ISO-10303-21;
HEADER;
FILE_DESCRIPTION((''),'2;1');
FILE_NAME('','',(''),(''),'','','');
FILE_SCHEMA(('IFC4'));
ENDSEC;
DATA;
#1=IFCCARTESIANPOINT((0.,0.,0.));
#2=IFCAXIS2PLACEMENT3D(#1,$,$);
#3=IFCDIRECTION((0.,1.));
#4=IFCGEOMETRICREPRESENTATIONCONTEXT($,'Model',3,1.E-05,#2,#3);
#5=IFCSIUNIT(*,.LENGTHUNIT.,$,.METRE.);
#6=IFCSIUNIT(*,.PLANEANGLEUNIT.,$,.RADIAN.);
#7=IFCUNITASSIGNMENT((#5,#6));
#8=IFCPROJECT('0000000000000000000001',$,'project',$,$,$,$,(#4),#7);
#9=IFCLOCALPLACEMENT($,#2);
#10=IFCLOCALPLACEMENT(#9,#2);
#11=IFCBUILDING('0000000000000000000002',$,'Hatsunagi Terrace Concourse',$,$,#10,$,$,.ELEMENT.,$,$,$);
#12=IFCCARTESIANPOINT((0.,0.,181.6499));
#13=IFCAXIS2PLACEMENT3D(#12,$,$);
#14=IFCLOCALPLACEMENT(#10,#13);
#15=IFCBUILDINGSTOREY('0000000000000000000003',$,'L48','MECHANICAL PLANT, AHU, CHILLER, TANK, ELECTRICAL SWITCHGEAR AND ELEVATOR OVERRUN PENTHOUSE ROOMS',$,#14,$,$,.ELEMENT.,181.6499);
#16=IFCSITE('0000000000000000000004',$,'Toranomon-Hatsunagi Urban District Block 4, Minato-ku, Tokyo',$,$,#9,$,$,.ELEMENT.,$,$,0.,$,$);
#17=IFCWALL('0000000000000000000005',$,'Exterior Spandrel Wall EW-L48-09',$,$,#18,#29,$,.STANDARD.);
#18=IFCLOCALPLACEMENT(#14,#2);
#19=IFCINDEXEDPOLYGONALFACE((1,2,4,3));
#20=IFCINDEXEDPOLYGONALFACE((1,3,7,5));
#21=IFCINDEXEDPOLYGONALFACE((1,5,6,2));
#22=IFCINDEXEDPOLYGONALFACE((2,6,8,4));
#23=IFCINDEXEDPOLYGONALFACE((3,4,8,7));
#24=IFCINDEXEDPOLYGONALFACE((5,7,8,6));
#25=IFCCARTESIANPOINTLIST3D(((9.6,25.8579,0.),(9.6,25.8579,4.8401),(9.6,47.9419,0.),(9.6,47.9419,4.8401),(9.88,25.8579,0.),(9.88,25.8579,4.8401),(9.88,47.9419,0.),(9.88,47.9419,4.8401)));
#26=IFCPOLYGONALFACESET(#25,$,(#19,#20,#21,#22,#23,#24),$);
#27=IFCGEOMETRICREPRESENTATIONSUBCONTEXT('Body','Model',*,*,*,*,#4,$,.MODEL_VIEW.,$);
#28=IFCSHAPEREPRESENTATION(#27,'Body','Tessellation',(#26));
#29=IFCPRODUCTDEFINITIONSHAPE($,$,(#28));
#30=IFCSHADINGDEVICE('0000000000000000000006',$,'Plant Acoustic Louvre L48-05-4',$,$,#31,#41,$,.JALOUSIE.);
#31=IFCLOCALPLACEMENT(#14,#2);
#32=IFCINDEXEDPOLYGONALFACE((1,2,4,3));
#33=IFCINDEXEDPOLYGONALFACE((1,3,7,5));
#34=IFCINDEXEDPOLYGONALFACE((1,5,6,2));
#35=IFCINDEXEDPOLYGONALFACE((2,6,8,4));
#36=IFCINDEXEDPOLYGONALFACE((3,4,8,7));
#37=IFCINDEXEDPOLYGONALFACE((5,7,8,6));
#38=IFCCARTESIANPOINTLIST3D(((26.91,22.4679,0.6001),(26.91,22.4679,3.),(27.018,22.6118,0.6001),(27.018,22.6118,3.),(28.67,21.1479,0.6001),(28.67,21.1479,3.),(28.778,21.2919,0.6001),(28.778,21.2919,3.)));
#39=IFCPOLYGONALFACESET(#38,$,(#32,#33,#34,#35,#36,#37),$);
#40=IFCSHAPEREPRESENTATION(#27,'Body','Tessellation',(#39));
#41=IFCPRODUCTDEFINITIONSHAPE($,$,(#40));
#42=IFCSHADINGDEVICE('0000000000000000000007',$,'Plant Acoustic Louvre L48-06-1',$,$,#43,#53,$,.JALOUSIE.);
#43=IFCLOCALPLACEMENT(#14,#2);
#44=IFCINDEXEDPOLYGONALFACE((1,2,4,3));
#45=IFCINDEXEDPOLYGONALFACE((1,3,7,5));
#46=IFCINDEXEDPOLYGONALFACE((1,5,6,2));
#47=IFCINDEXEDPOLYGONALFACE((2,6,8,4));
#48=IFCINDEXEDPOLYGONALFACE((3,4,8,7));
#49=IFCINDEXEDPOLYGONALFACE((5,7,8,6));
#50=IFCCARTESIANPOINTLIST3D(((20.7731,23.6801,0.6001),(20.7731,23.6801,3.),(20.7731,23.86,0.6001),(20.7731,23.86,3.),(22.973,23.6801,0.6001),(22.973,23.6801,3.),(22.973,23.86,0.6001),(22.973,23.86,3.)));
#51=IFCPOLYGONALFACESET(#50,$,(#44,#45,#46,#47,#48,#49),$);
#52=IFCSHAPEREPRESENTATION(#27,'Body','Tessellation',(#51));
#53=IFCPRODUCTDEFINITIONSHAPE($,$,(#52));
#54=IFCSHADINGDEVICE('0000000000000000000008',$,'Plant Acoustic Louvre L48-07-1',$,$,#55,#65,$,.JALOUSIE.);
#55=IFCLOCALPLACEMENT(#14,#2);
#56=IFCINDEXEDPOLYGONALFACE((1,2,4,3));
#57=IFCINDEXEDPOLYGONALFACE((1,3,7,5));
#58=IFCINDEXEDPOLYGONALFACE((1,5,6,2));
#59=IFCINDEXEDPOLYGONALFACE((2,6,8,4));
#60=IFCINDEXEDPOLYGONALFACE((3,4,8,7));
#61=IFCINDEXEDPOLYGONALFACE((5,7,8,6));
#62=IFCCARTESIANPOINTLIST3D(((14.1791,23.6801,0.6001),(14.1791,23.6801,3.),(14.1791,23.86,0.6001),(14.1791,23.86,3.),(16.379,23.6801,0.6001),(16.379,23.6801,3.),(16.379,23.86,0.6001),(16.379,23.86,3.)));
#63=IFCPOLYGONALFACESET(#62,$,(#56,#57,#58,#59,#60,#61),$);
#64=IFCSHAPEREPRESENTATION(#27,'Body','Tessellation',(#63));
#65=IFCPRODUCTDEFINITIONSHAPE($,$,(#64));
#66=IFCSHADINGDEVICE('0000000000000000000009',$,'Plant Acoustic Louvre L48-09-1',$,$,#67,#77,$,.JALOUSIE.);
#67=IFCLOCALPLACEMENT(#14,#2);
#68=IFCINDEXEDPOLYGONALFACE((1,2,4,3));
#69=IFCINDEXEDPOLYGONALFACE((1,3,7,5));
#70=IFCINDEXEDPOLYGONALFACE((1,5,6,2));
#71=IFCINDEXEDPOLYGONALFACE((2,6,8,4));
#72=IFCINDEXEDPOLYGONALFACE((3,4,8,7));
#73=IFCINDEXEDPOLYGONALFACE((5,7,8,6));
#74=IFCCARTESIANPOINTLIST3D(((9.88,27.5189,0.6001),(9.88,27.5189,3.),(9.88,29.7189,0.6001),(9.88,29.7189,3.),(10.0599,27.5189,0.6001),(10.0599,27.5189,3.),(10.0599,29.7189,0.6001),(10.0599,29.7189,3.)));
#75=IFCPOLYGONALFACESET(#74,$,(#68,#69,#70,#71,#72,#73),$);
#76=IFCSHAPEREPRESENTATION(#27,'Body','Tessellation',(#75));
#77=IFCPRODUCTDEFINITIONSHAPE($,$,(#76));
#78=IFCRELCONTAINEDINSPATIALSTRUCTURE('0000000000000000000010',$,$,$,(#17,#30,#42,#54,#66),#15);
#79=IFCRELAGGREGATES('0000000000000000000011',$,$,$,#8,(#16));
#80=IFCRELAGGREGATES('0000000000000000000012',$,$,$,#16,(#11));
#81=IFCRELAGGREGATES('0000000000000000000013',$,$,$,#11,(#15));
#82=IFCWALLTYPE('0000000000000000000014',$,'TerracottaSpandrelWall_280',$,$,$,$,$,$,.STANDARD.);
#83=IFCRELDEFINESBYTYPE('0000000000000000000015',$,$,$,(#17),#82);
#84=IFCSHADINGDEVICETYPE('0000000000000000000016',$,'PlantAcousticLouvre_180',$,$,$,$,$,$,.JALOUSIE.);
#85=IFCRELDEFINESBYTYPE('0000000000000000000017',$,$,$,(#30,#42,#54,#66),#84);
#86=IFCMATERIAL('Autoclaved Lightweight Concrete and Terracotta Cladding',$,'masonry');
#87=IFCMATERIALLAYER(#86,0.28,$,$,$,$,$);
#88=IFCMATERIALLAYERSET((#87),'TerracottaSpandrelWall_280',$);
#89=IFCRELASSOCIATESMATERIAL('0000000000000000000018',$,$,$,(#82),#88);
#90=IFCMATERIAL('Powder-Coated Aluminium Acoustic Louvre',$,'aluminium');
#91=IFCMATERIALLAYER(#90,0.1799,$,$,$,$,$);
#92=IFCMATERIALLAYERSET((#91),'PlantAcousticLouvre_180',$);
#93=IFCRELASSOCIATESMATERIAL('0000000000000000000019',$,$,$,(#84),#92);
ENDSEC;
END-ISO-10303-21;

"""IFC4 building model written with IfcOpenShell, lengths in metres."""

from ifc_helpers import new_model, si_unit, direction, frame, frame_2d, origin, origin_2d, place, context, subcontext, project, spatial, rectangle, extrude, material, layer, layer_set, type_object, element, save


model = new_model("IFC4")

# Units and contexts
model_context = context("Model", 3, precision=1e-05, world=origin(), true_north=direction((0.0, 1.0)))
body_context = subcontext(model_context, "Body", "Model", "MODEL_VIEW")
ifc_project = project(units=[si_unit("LENGTHUNIT", "METRE"), si_unit("PLANEANGLEUNIT", "RADIAN")], contexts=[model_context])

# Site, building, storey
site_placement = place(None, origin())
site = spatial("IfcSite", under=ifc_project, at=site_placement, Name="Toranomon-Hatsunagi Urban District Block 4, Minato-ku, Tokyo", CompositionType="ELEMENT", RefElevation=0.0)
building_placement = place(site_placement, origin())
building = spatial("IfcBuilding", under=site, at=building_placement, Name="Hatsunagi Terrace Concourse", CompositionType="ELEMENT")
storey_placement = place(building_placement, frame((0.0, 0.0, 181.6499)))
storey = spatial("IfcBuildingStorey", under=building, at=storey_placement, Name="L48", Description="MECHANICAL PLANT, AHU, CHILLER, TANK, ELECTRICAL SWITCHGEAR AND ELEVATOR OVERRUN PENTHOUSE ROOMS", CompositionType="ELEMENT", Elevation=181.6499)

# Wall
ifc_material_1 = material(Name="Autoclaved Lightweight Concrete and Terracotta Cladding", Category="masonry")
ifc_layer_1 = layer(ifc_material_1, 0.28)
ifc_layer_set_1 = layer_set([ifc_layer_1], Name="TerracottaSpandrelWall_280")
wall_type_1 = type_object("IfcWallType", Name="TerracottaSpandrelWall_280", PredefinedType="STANDARD", material=ifc_layer_set_1)
wall_1_placement = place(storey_placement, frame((9.74, 25.8579, 0.0), z_axis=(0.0, 0.0, 1.0), x_axis=(0.0, 1.0, 0.0)))
element("IfcWall", 1, at=wall_1_placement, inside=storey, type_object=wall_type_1, Name="Exterior Spandrel Wall EW-L48-09", PredefinedType="STANDARD", context=body_context, shape_type="SweptSolid", body=[
    extrude(rectangle(XDim=22.084, YDim=0.28, at=frame_2d((11.042, 0.0))), origin(), (0.0, 0.0, 1.0), 4.8401),
])

# Shading devices
ifc_material_2 = material(Name="Powder-Coated Aluminium Acoustic Louvre", Category="aluminium")
ifc_layer_2 = layer(ifc_material_2, 0.1799)
ifc_layer_set_2 = layer_set([ifc_layer_2], Name="PlantAcousticLouvre_180")
shading_device_type = type_object("IfcShadingDeviceType", Name="PlantAcousticLouvre_180", PredefinedType="JALOUSIE", material=ifc_layer_set_2)
for number, where, z_axis, x_axis, name in (
    (2, (27.844, 21.8799, 0.6001), (0.0, 0.0, 1.0), (-0.800005, 0.599993, 0.0), "Plant Acoustic Louvre L48-05-4"),
    (3, (21.873, 23.77, 0.6001), (0.0, 0.0, 1.0), (-1.0, 0.0, 0.0), "Plant Acoustic Louvre L48-06-1"),
    (4, (15.2791, 23.77, 0.6001), (0.0, 0.0, 1.0), (-1.0, 0.0, 0.0), "Plant Acoustic Louvre L48-07-1"),
    (5, (9.97, 28.6189, 0.6001), (0.0, 0.0, 1.0), (0.0, 1.0, 0.0), "Plant Acoustic Louvre L48-09-1"),
):
    element("IfcShadingDevice", number, at=place(storey_placement, frame(where, z_axis=z_axis, x_axis=x_axis)), inside=storey, type_object=shading_device_type, Name=name, PredefinedType="JALOUSIE", context=body_context, shape_type="SweptSolid", body=[
        extrude(rectangle(XDim=2.2, YDim=0.1799, at=origin_2d()), origin(), (0.0, 0.0, 1.0), 2.3999),
    ])

save(model, "model.ifc")
